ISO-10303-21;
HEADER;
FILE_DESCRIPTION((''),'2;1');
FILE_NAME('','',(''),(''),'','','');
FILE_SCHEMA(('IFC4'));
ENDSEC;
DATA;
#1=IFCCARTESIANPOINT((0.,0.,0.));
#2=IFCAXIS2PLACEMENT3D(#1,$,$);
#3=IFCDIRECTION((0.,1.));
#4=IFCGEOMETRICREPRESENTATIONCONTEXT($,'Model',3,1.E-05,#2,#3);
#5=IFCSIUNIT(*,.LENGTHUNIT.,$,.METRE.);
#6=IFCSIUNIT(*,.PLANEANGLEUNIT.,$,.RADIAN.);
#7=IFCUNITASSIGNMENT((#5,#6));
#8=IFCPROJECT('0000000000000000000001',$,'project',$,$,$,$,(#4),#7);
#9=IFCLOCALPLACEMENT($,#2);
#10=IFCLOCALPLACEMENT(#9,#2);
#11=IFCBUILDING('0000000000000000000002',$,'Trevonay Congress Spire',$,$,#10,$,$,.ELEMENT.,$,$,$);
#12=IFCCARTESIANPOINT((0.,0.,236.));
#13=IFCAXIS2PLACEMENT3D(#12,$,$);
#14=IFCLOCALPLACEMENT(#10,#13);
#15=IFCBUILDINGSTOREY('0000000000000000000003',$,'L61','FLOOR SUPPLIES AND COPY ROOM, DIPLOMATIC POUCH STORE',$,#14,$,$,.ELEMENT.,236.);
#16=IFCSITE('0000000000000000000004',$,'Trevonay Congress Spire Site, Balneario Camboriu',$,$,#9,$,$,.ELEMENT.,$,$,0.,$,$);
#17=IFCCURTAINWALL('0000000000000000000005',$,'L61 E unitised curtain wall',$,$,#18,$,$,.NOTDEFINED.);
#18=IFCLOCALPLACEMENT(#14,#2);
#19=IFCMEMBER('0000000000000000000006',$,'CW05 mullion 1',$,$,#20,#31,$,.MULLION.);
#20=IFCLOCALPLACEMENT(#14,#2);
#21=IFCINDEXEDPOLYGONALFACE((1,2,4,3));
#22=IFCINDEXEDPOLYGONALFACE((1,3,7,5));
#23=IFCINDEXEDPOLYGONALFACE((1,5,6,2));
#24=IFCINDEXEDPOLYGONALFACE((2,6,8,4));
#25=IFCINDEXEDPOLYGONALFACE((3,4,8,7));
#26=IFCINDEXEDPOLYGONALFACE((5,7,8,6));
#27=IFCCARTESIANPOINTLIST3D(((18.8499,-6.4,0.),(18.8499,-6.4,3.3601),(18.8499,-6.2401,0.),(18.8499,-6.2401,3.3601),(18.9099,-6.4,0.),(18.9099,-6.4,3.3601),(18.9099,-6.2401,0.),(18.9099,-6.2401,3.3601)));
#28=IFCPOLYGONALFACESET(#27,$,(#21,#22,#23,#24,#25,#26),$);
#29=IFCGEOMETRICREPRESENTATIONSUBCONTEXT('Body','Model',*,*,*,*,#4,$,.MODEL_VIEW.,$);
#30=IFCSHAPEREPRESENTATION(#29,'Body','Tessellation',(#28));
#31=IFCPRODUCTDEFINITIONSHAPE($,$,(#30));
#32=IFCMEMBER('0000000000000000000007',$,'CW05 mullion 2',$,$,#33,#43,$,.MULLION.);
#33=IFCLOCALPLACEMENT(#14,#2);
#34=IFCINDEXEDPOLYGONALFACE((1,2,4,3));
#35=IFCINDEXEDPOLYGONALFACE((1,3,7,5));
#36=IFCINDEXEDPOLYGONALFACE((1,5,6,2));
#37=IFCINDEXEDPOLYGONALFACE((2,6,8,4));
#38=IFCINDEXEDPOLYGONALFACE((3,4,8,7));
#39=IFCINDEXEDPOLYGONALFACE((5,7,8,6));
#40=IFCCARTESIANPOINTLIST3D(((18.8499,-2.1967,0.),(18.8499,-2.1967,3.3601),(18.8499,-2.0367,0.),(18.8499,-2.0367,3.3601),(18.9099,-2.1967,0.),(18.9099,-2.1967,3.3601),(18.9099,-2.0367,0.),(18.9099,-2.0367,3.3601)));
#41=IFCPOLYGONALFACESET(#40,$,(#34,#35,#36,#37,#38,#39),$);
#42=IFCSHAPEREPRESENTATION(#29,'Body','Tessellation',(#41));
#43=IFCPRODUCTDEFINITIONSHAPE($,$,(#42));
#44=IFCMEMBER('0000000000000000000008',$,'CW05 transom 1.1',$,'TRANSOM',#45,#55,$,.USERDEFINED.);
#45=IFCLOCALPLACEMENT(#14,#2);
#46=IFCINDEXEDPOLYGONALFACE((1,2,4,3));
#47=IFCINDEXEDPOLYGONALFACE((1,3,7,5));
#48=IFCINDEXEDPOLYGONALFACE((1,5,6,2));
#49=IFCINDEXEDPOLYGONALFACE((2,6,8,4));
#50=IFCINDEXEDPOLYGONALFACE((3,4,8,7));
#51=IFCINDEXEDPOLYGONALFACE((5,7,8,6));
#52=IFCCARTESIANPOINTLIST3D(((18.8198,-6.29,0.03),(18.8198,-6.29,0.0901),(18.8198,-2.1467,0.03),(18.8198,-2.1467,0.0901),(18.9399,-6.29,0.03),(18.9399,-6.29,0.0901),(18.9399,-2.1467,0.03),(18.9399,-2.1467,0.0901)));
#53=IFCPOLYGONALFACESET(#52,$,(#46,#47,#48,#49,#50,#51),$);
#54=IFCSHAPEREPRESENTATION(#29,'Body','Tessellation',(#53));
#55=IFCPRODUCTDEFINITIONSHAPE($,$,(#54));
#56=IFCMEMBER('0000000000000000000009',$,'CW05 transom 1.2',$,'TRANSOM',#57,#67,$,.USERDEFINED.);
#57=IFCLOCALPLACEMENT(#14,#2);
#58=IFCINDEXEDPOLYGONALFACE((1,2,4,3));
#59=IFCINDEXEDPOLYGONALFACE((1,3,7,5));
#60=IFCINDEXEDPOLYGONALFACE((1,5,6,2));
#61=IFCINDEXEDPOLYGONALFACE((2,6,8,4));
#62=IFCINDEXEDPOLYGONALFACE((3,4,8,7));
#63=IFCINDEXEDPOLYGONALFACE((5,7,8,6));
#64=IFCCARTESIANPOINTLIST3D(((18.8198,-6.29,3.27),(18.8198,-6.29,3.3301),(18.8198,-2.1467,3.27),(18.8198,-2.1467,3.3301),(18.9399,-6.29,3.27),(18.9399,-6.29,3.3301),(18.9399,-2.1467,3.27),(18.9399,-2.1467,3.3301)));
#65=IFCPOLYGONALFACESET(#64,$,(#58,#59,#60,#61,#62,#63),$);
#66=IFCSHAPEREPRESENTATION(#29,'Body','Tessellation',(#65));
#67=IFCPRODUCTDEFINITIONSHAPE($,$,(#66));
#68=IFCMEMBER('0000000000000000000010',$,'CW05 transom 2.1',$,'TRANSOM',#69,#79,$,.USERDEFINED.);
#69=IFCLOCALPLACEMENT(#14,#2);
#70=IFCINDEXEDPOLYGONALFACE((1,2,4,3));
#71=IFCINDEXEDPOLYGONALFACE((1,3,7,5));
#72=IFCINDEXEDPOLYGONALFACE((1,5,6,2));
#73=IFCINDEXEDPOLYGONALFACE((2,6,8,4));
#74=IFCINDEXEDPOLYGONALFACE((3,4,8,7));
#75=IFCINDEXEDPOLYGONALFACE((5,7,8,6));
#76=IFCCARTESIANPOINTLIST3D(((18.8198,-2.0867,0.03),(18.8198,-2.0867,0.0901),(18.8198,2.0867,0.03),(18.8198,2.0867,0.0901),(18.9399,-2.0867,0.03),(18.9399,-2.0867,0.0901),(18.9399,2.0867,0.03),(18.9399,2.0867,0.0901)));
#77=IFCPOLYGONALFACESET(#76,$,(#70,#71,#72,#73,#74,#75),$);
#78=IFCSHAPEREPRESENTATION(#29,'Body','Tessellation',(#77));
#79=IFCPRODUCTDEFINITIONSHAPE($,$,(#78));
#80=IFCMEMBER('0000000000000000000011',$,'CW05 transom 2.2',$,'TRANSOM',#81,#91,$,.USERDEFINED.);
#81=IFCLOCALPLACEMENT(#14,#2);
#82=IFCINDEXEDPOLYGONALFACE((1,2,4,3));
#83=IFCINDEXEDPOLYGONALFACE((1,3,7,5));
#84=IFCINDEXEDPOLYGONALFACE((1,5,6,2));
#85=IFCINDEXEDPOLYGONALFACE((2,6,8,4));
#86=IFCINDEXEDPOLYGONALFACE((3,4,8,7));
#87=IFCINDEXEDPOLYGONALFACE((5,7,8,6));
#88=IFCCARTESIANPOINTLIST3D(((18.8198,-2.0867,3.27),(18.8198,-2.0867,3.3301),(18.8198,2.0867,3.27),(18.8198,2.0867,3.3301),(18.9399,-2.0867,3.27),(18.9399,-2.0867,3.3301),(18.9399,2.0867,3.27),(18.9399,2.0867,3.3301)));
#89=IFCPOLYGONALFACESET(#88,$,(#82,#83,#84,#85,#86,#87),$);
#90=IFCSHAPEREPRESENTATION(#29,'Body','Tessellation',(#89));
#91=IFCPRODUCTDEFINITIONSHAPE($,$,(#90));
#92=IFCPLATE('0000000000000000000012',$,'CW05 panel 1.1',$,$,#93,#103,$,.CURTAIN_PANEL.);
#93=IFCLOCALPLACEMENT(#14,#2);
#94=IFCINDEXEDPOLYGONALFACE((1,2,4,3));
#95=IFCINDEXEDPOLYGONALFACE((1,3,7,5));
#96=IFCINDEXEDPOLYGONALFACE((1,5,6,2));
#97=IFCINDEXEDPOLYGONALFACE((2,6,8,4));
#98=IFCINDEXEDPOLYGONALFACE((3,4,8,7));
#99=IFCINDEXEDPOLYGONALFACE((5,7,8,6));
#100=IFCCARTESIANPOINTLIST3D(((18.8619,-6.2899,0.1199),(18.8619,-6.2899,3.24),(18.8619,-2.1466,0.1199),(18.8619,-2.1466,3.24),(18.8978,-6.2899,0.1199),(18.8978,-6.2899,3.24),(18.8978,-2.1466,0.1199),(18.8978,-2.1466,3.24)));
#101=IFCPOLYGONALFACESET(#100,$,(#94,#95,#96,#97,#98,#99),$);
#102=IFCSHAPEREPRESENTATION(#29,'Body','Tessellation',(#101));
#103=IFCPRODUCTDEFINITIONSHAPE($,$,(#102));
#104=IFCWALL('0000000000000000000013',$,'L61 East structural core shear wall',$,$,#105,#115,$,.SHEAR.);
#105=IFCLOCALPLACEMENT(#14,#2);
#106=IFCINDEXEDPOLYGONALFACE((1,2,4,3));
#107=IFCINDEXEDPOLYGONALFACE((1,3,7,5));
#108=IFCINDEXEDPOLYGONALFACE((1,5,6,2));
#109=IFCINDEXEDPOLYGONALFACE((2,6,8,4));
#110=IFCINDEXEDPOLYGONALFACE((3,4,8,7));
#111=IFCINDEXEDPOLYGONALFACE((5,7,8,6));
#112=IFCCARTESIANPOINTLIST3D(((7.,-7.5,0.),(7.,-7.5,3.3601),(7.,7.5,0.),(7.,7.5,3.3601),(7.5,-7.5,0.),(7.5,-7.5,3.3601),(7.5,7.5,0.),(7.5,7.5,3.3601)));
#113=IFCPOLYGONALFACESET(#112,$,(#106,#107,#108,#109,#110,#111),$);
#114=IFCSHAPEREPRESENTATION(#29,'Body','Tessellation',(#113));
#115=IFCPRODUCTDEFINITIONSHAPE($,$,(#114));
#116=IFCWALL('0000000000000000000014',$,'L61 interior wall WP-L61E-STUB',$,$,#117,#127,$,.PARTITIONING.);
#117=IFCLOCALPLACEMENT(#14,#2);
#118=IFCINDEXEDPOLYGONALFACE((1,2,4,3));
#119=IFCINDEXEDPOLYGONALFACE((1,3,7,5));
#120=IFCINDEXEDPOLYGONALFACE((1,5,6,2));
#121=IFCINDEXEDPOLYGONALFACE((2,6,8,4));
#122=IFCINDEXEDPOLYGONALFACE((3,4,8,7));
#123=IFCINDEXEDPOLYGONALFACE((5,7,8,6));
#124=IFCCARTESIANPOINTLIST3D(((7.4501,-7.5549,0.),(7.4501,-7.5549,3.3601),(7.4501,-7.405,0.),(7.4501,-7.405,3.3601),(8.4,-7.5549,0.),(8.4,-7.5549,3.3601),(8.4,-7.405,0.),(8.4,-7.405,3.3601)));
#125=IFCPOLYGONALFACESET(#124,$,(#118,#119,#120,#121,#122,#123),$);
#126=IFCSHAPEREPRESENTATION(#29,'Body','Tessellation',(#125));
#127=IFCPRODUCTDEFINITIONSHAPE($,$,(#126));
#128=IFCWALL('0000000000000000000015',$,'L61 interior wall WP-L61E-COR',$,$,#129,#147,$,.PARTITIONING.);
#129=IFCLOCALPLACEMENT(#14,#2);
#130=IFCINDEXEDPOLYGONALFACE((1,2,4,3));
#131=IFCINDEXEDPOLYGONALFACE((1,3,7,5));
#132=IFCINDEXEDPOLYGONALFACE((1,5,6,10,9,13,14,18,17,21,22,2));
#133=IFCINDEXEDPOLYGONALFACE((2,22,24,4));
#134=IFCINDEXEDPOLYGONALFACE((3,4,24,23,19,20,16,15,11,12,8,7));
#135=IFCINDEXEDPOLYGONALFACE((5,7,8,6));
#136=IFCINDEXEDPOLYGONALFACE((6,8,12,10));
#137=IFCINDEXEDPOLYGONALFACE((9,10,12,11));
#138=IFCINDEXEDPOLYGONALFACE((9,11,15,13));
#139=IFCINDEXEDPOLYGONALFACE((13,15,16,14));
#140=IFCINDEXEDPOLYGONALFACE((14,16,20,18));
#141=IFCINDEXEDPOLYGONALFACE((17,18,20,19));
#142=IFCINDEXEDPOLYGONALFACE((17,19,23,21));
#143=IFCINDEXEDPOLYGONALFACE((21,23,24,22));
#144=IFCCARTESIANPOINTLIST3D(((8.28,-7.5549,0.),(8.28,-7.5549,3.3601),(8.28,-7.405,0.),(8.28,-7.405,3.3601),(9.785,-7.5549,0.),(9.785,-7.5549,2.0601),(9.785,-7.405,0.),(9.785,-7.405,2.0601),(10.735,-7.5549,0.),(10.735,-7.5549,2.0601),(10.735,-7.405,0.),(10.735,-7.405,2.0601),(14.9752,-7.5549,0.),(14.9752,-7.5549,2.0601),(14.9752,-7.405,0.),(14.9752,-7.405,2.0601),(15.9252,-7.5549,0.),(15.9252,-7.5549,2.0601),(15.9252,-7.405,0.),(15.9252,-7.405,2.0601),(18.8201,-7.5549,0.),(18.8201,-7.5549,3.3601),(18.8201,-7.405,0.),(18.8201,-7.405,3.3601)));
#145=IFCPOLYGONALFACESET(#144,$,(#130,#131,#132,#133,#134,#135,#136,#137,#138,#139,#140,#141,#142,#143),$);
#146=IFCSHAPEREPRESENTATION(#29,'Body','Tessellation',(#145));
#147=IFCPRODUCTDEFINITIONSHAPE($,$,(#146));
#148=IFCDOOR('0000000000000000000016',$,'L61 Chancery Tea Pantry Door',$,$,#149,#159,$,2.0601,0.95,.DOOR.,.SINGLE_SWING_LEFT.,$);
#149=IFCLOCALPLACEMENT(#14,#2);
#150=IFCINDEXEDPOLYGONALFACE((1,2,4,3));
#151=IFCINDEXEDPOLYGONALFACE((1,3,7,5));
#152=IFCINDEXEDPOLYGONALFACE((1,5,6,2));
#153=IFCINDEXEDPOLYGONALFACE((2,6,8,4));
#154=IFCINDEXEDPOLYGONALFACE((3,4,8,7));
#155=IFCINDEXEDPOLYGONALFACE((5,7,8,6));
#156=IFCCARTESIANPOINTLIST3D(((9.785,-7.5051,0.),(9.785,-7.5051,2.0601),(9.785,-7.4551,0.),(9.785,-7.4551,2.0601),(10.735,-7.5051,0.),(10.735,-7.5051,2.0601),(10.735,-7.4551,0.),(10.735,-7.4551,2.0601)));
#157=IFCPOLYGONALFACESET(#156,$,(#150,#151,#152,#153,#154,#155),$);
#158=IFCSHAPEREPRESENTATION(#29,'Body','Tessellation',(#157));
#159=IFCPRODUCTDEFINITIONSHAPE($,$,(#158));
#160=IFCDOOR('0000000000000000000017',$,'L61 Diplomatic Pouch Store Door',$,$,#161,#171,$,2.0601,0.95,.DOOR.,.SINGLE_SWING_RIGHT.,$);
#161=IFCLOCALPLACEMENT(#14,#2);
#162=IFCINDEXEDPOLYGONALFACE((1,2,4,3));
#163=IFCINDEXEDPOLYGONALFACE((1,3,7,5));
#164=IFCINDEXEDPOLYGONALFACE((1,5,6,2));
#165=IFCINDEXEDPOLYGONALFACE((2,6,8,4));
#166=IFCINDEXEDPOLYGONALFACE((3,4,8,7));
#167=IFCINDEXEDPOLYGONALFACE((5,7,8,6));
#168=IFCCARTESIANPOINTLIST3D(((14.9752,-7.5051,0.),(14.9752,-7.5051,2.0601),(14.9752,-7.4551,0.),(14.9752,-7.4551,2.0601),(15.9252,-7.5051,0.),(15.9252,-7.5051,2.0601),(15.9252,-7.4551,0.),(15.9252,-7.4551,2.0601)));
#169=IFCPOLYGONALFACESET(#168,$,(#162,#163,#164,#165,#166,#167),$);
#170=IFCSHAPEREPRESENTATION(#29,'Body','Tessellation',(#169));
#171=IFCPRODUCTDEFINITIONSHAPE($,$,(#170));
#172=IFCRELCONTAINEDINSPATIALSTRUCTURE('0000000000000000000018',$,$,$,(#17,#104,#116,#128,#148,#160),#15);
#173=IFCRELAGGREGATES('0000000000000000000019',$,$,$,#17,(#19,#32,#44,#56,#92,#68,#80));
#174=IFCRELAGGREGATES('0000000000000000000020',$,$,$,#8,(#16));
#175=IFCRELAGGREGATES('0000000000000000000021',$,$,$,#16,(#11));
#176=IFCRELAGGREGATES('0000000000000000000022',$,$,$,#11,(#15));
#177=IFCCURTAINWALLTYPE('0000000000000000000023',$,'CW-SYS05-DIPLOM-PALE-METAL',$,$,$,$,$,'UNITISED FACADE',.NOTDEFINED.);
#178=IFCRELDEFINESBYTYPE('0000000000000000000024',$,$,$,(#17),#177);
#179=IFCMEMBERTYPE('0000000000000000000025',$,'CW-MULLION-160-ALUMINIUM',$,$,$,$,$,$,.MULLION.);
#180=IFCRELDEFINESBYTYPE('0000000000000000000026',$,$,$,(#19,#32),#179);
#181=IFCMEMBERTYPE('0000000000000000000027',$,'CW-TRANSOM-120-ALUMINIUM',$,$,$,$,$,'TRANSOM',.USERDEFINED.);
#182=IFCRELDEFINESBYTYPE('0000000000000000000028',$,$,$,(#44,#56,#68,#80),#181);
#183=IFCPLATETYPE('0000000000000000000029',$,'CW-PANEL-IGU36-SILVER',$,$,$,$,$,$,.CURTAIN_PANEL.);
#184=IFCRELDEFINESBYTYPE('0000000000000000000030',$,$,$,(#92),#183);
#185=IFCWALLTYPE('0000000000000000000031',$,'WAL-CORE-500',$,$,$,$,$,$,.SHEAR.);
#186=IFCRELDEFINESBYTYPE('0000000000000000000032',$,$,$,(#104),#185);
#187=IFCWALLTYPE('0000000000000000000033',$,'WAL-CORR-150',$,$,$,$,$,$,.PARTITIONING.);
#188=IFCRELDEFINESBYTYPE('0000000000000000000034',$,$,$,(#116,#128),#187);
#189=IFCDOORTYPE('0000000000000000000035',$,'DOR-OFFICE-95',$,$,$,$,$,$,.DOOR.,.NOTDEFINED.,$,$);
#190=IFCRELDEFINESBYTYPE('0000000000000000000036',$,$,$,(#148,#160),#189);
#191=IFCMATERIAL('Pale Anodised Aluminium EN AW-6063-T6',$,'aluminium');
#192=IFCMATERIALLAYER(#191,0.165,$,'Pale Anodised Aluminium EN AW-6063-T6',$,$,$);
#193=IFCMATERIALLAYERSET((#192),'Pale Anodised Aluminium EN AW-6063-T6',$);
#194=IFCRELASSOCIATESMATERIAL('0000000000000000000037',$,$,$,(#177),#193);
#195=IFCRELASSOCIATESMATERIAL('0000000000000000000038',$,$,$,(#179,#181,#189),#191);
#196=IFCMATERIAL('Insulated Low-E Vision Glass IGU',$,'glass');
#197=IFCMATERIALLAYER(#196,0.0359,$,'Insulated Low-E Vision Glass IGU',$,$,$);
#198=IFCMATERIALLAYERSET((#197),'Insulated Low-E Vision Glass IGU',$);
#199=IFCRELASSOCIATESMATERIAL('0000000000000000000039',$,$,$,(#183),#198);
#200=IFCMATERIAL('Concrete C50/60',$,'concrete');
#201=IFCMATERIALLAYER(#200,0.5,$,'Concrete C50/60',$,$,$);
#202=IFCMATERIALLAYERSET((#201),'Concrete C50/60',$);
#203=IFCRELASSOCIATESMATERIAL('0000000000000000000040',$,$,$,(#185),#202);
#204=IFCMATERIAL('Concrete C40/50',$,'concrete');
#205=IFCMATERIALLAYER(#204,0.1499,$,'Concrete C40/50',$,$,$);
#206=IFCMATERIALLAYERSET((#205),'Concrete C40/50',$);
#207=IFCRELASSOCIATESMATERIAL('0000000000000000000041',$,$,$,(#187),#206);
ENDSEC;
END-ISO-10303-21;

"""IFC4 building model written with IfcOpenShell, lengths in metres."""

from ifc_helpers import new_model, si_unit, direction, frame, frame_2d, origin, origin_2d, place, context, subcontext, project, spatial, rectangle, extrude, material, layer, layer_set, material_profile, profile_set, type_object, element, fill, aggregate, save


model = new_model("IFC4")

# Units and contexts
model_context = context("Model", 3, precision=1e-05, world=origin(), true_north=direction((0.0, 1.0)))
body_context = subcontext(model_context, "Body", "Model", "MODEL_VIEW")
ifc_project = project(units=[si_unit("LENGTHUNIT", "METRE"), si_unit("PLANEANGLEUNIT", "RADIAN")], contexts=[model_context])

# Site, building, storey
site_placement = place(None, origin())
site = spatial("IfcSite", under=ifc_project, at=site_placement, Name="Trevonay Congress Spire Site, Balneario Camboriu", CompositionType="ELEMENT", RefElevation=0.0)
building_placement = place(site_placement, origin())
building = spatial("IfcBuilding", under=site, at=building_placement, Name="Trevonay Congress Spire", CompositionType="ELEMENT")
storey_placement = place(building_placement, frame((0.0, 0.0, 236.0)))
storey = spatial("IfcBuildingStorey", under=building, at=storey_placement, Name="L61", Description="FLOOR SUPPLIES AND COPY ROOM, DIPLOMATIC POUCH STORE", CompositionType="ELEMENT", Elevation=236.0)

# Curtain wall, members, plate
ifc_material_1 = material(Name="Pale Anodised Aluminium EN AW-6063-T6", Category="aluminium")
ifc_layer_1 = layer(ifc_material_1, 0.165, Name="Pale Anodised Aluminium EN AW-6063-T6")
ifc_layer_set_1 = layer_set([ifc_layer_1], Name="Pale Anodised Aluminium EN AW-6063-T6")
curtain_wall_type = type_object("IfcCurtainWallType", Name="CW-SYS05-DIPLOM-PALE-METAL", ElementType="UNITISED FACADE", PredefinedType="NOTDEFINED", material=ifc_layer_set_1)
curtain_wall_placement = place(storey_placement, origin())
curtain_wall = element("IfcCurtainWall", 1, at=curtain_wall_placement, inside=storey, type_object=curtain_wall_type, Name="L61 E unitised curtain wall", PredefinedType="NOTDEFINED")
ifc_material_profile_1 = material_profile(ifc_material_1, rectangle(XDim=0.0601, YDim=0.1599, at=origin_2d()), Name="CW-MULLION-160-ALUMINIUM")
ifc_profile_set_1 = profile_set([ifc_material_profile_1], Name="Pale Anodised Aluminium EN AW-6063-T6")
member_type_1 = type_object("IfcMemberType", Name="CW-MULLION-160-ALUMINIUM", PredefinedType="MULLION", material=ifc_profile_set_1)
member_1_placement = place(storey_placement, frame((18.8799, -6.3201, 0.0), z_axis=(0.0, 0.0, 1.0), x_axis=(-1.0, 0.0, 0.0)))
member_1 = element("IfcMember", 2, at=member_1_placement, type_object=member_type_1, Name="CW05 mullion 1", PredefinedType="MULLION", context=body_context, shape_type="SweptSolid", body=[
    extrude(rectangle(XDim=0.0601, YDim=0.1599, at=origin_2d()), origin(), (0.0, 0.0, 1.0), 3.3601),
])
member_2_placement = place(storey_placement, frame((18.8799, -2.1167, 0.0), z_axis=(0.0, 0.0, 1.0), x_axis=(-1.0, 0.0, 0.0)))
member_2 = element("IfcMember", 3, at=member_2_placement, type_object=member_type_1, Name="CW05 mullion 2", PredefinedType="MULLION", context=body_context, shape_type="SweptSolid", body=[
    extrude(rectangle(XDim=0.0601, YDim=0.1599, at=origin_2d()), origin(), (0.0, 0.0, 1.0), 3.3601),
])
ifc_material_profile_2 = material_profile(ifc_material_1, rectangle(XDim=0.1201, YDim=0.0601, at=origin_2d()), Name="CW-TRANSOM-120-ALUMINIUM")
ifc_profile_set_2 = profile_set([ifc_material_profile_2], Name="Pale Anodised Aluminium EN AW-6063-T6")
member_type_2 = type_object("IfcMemberType", Name="CW-TRANSOM-120-ALUMINIUM", ElementType="TRANSOM", PredefinedType="USERDEFINED", material=ifc_profile_set_2)
member_3_placement = place(storey_placement, frame((18.8799, -6.29, 0.0601), z_axis=(0.0, 1.0, 0.0), x_axis=(-1.0, 0.0, 0.0)))
member_3 = element("IfcMember", 4, at=member_3_placement, type_object=member_type_2, Name="CW05 transom 1.1", ObjectType="TRANSOM", PredefinedType="USERDEFINED", context=body_context, shape_type="SweptSolid", body=[
    extrude(rectangle(XDim=0.1201, YDim=0.0601, at=origin_2d()), origin(), (0.0, 0.0, 1.0), 4.1433),
])
member_4_placement = place(storey_placement, frame((18.8799, -6.29, 3.3), z_axis=(0.0, 1.0, 0.0), x_axis=(-1.0, 0.0, 0.0)))
member_4 = element("IfcMember", 5, at=member_4_placement, type_object=member_type_2, Name="CW05 transom 1.2", ObjectType="TRANSOM", PredefinedType="USERDEFINED", context=body_context, shape_type="SweptSolid", body=[
    extrude(rectangle(XDim=0.1201, YDim=0.0601, at=origin_2d()), origin(), (0.0, 0.0, 1.0), 4.1433),
])
member_5_placement = place(storey_placement, frame((18.8799, -2.0867, 0.0601), z_axis=(0.0, 1.0, 0.0), x_axis=(-1.0, 0.0, 0.0)))
member_5 = element("IfcMember", 6, at=member_5_placement, type_object=member_type_2, Name="CW05 transom 2.1", ObjectType="TRANSOM", PredefinedType="USERDEFINED", context=body_context, shape_type="SweptSolid", body=[
    extrude(rectangle(XDim=0.1201, YDim=0.0601, at=origin_2d()), origin(), (0.0, 0.0, 1.0), 4.1733),
])
member_6_placement = place(storey_placement, frame((18.8799, -2.0867, 3.3), z_axis=(0.0, 1.0, 0.0), x_axis=(-1.0, 0.0, 0.0)))
member_6 = element("IfcMember", 7, at=member_6_placement, type_object=member_type_2, Name="CW05 transom 2.2", ObjectType="TRANSOM", PredefinedType="USERDEFINED", context=body_context, shape_type="SweptSolid", body=[
    extrude(rectangle(XDim=0.1201, YDim=0.0601, at=origin_2d()), origin(), (0.0, 0.0, 1.0), 4.1733),
])
ifc_material_2 = material(Name="Insulated Low-E Vision Glass IGU", Category="glass")
ifc_layer_2 = layer(ifc_material_2, 0.0359, Name="Insulated Low-E Vision Glass IGU")
ifc_layer_set_2 = layer_set([ifc_layer_2], Name="Insulated Low-E Vision Glass IGU")
plate_type = type_object("IfcPlateType", Name="CW-PANEL-IGU36-SILVER", PredefinedType="CURTAIN_PANEL", material=ifc_layer_set_2)
plate_placement = place(storey_placement, frame((18.8799, -4.2183, 0.1199), z_axis=(0.0, 0.0, 1.0), x_axis=(0.0, 1.0, 0.0)))
plate = element("IfcPlate", 8, at=plate_placement, type_object=plate_type, Name="CW05 panel 1.1", PredefinedType="CURTAIN_PANEL", context=body_context, shape_type="SweptSolid", body=[
    extrude(rectangle(XDim=4.1433, YDim=0.0359, at=origin_2d()), origin(), (0.0, 0.0, 1.0), 3.1201),
])
aggregate(curtain_wall, [member_1, member_2, member_3, member_4, plate, member_5, member_6])

# Walls
ifc_material_3 = material(Name="Concrete C50/60", Category="concrete")
ifc_layer_3 = layer(ifc_material_3, 0.5, Name="Concrete C50/60")
ifc_layer_set_3 = layer_set([ifc_layer_3], Name="Concrete C50/60")
wall_type_1 = type_object("IfcWallType", Name="WAL-CORE-500", PredefinedType="SHEAR", material=ifc_layer_set_3)
wall_1_placement = place(storey_placement, frame((7.25, -7.5, 0.0), z_axis=(0.0, 0.0, 1.0), x_axis=(0.0, 1.0, 0.0)))
element("IfcWall", 9, at=wall_1_placement, inside=storey, type_object=wall_type_1, Name="L61 East structural core shear wall", PredefinedType="SHEAR", context=body_context, shape_type="SweptSolid", body=[
    extrude(rectangle(XDim=15.0, YDim=0.5, at=frame_2d((7.5, 0.0))), origin(), (0.0, 0.0, 1.0), 3.3601),
])
ifc_material_4 = material(Name="Concrete C40/50", Category="concrete")
ifc_layer_4 = layer(ifc_material_4, 0.1499, Name="Concrete C40/50")
ifc_layer_set_4 = layer_set([ifc_layer_4], Name="Concrete C40/50")
wall_type_2 = type_object("IfcWallType", Name="WAL-CORR-150", PredefinedType="PARTITIONING", material=ifc_layer_set_4)
wall_2_placement = place(storey_placement, frame((7.45, -7.48, 0.0), z_axis=(0.0, 0.0, 1.0), x_axis=(1.0, 0.0, 0.0)))
element("IfcWall", 10, at=wall_2_placement, inside=storey, type_object=wall_type_2, Name="L61 interior wall WP-L61E-STUB", PredefinedType="PARTITIONING", context=body_context, shape_type="SweptSolid", body=[
    extrude(rectangle(XDim=0.95, YDim=0.1499, at=frame_2d((0.4751, 0.0))), origin(), (0.0, 0.0, 1.0), 3.3601),
])

# Wall, openings, doors
wall_3_placement = place(storey_placement, frame((8.28, -7.48, 0.0), z_axis=(0.0, 0.0, 1.0), x_axis=(1.0, 0.0, 0.0)))
wall_3 = element("IfcWall", 11, at=wall_3_placement, inside=storey, type_object=wall_type_2, Name="L61 interior wall WP-L61E-COR", PredefinedType="PARTITIONING", context=body_context, shape_type="SweptSolid", body=[
    extrude(rectangle(XDim=10.54, YDim=0.1499, at=frame_2d((5.27, 0.0))), origin(), (0.0, 0.0, 1.0), 3.3601),
])
opening_1_placement = place(wall_3_placement, frame((1.5049, 0.0, 0.0)))
opening_1 = element("IfcOpeningElement", 12, at=opening_1_placement, cuts=wall_3, PredefinedType="OPENING", context=body_context, shape_type="SweptSolid", body=[
    extrude(rectangle(XDim=0.95, YDim=2.0601, at=frame_2d((0.4751, 1.03))), frame((0.0, 0.085, 0.0), z_axis=(0.0, -1.0, 0.0), x_axis=(1.0, 0.0, 0.0)), (0.0, 0.0, 1.0), 0.1699),
])
opening_2_placement = place(wall_3_placement, frame((6.6951, 0.0, 0.0)))
opening_2 = element("IfcOpeningElement", 13, at=opening_2_placement, cuts=wall_3, PredefinedType="OPENING", context=body_context, shape_type="SweptSolid", body=[
    extrude(rectangle(XDim=0.95, YDim=2.0601, at=frame_2d((0.4751, 1.03))), frame((0.0, 0.085, 0.0), z_axis=(0.0, -1.0, 0.0), x_axis=(1.0, 0.0, 0.0)), (0.0, 0.0, 1.0), 0.1699),
])
door_type = type_object("IfcDoorType", Name="DOR-OFFICE-95", OperationType="NOTDEFINED", PredefinedType="DOOR", material=ifc_material_1)
door_1_placement = place(opening_1_placement, origin())
door_1 = element("IfcDoor", 14, at=door_1_placement, inside=storey, type_object=door_type, Name="L61 Chancery Tea Pantry Door", OperationType="SINGLE_SWING_LEFT", OverallHeight=2.0601, OverallWidth=0.95, PredefinedType="DOOR", context=body_context, shape_type="SweptSolid", body=[
    extrude(rectangle(XDim=0.95, YDim=2.0601, at=frame_2d((0.4751, 1.03))), frame((0.0, 0.0249, 0.0), z_axis=(0.0, -1.0, 0.0), x_axis=(1.0, 0.0, 0.0)), (0.0, 0.0, 1.0), 0.05),
])
fill(opening_1, door_1)
door_2_placement = place(opening_2_placement, origin())
door_2 = element("IfcDoor", 15, at=door_2_placement, inside=storey, type_object=door_type, Name="L61 Diplomatic Pouch Store Door", OperationType="SINGLE_SWING_RIGHT", OverallHeight=2.0601, OverallWidth=0.95, PredefinedType="DOOR", context=body_context, shape_type="SweptSolid", body=[
    extrude(rectangle(XDim=0.95, YDim=2.0601, at=frame_2d((0.4751, 1.03))), frame((0.0, 0.0249, 0.0), z_axis=(0.0, -1.0, 0.0), x_axis=(1.0, 0.0, 0.0)), (0.0, 0.0, 1.0), 0.05),
])
fill(opening_2, door_2)

save(model, "model.ifc")
